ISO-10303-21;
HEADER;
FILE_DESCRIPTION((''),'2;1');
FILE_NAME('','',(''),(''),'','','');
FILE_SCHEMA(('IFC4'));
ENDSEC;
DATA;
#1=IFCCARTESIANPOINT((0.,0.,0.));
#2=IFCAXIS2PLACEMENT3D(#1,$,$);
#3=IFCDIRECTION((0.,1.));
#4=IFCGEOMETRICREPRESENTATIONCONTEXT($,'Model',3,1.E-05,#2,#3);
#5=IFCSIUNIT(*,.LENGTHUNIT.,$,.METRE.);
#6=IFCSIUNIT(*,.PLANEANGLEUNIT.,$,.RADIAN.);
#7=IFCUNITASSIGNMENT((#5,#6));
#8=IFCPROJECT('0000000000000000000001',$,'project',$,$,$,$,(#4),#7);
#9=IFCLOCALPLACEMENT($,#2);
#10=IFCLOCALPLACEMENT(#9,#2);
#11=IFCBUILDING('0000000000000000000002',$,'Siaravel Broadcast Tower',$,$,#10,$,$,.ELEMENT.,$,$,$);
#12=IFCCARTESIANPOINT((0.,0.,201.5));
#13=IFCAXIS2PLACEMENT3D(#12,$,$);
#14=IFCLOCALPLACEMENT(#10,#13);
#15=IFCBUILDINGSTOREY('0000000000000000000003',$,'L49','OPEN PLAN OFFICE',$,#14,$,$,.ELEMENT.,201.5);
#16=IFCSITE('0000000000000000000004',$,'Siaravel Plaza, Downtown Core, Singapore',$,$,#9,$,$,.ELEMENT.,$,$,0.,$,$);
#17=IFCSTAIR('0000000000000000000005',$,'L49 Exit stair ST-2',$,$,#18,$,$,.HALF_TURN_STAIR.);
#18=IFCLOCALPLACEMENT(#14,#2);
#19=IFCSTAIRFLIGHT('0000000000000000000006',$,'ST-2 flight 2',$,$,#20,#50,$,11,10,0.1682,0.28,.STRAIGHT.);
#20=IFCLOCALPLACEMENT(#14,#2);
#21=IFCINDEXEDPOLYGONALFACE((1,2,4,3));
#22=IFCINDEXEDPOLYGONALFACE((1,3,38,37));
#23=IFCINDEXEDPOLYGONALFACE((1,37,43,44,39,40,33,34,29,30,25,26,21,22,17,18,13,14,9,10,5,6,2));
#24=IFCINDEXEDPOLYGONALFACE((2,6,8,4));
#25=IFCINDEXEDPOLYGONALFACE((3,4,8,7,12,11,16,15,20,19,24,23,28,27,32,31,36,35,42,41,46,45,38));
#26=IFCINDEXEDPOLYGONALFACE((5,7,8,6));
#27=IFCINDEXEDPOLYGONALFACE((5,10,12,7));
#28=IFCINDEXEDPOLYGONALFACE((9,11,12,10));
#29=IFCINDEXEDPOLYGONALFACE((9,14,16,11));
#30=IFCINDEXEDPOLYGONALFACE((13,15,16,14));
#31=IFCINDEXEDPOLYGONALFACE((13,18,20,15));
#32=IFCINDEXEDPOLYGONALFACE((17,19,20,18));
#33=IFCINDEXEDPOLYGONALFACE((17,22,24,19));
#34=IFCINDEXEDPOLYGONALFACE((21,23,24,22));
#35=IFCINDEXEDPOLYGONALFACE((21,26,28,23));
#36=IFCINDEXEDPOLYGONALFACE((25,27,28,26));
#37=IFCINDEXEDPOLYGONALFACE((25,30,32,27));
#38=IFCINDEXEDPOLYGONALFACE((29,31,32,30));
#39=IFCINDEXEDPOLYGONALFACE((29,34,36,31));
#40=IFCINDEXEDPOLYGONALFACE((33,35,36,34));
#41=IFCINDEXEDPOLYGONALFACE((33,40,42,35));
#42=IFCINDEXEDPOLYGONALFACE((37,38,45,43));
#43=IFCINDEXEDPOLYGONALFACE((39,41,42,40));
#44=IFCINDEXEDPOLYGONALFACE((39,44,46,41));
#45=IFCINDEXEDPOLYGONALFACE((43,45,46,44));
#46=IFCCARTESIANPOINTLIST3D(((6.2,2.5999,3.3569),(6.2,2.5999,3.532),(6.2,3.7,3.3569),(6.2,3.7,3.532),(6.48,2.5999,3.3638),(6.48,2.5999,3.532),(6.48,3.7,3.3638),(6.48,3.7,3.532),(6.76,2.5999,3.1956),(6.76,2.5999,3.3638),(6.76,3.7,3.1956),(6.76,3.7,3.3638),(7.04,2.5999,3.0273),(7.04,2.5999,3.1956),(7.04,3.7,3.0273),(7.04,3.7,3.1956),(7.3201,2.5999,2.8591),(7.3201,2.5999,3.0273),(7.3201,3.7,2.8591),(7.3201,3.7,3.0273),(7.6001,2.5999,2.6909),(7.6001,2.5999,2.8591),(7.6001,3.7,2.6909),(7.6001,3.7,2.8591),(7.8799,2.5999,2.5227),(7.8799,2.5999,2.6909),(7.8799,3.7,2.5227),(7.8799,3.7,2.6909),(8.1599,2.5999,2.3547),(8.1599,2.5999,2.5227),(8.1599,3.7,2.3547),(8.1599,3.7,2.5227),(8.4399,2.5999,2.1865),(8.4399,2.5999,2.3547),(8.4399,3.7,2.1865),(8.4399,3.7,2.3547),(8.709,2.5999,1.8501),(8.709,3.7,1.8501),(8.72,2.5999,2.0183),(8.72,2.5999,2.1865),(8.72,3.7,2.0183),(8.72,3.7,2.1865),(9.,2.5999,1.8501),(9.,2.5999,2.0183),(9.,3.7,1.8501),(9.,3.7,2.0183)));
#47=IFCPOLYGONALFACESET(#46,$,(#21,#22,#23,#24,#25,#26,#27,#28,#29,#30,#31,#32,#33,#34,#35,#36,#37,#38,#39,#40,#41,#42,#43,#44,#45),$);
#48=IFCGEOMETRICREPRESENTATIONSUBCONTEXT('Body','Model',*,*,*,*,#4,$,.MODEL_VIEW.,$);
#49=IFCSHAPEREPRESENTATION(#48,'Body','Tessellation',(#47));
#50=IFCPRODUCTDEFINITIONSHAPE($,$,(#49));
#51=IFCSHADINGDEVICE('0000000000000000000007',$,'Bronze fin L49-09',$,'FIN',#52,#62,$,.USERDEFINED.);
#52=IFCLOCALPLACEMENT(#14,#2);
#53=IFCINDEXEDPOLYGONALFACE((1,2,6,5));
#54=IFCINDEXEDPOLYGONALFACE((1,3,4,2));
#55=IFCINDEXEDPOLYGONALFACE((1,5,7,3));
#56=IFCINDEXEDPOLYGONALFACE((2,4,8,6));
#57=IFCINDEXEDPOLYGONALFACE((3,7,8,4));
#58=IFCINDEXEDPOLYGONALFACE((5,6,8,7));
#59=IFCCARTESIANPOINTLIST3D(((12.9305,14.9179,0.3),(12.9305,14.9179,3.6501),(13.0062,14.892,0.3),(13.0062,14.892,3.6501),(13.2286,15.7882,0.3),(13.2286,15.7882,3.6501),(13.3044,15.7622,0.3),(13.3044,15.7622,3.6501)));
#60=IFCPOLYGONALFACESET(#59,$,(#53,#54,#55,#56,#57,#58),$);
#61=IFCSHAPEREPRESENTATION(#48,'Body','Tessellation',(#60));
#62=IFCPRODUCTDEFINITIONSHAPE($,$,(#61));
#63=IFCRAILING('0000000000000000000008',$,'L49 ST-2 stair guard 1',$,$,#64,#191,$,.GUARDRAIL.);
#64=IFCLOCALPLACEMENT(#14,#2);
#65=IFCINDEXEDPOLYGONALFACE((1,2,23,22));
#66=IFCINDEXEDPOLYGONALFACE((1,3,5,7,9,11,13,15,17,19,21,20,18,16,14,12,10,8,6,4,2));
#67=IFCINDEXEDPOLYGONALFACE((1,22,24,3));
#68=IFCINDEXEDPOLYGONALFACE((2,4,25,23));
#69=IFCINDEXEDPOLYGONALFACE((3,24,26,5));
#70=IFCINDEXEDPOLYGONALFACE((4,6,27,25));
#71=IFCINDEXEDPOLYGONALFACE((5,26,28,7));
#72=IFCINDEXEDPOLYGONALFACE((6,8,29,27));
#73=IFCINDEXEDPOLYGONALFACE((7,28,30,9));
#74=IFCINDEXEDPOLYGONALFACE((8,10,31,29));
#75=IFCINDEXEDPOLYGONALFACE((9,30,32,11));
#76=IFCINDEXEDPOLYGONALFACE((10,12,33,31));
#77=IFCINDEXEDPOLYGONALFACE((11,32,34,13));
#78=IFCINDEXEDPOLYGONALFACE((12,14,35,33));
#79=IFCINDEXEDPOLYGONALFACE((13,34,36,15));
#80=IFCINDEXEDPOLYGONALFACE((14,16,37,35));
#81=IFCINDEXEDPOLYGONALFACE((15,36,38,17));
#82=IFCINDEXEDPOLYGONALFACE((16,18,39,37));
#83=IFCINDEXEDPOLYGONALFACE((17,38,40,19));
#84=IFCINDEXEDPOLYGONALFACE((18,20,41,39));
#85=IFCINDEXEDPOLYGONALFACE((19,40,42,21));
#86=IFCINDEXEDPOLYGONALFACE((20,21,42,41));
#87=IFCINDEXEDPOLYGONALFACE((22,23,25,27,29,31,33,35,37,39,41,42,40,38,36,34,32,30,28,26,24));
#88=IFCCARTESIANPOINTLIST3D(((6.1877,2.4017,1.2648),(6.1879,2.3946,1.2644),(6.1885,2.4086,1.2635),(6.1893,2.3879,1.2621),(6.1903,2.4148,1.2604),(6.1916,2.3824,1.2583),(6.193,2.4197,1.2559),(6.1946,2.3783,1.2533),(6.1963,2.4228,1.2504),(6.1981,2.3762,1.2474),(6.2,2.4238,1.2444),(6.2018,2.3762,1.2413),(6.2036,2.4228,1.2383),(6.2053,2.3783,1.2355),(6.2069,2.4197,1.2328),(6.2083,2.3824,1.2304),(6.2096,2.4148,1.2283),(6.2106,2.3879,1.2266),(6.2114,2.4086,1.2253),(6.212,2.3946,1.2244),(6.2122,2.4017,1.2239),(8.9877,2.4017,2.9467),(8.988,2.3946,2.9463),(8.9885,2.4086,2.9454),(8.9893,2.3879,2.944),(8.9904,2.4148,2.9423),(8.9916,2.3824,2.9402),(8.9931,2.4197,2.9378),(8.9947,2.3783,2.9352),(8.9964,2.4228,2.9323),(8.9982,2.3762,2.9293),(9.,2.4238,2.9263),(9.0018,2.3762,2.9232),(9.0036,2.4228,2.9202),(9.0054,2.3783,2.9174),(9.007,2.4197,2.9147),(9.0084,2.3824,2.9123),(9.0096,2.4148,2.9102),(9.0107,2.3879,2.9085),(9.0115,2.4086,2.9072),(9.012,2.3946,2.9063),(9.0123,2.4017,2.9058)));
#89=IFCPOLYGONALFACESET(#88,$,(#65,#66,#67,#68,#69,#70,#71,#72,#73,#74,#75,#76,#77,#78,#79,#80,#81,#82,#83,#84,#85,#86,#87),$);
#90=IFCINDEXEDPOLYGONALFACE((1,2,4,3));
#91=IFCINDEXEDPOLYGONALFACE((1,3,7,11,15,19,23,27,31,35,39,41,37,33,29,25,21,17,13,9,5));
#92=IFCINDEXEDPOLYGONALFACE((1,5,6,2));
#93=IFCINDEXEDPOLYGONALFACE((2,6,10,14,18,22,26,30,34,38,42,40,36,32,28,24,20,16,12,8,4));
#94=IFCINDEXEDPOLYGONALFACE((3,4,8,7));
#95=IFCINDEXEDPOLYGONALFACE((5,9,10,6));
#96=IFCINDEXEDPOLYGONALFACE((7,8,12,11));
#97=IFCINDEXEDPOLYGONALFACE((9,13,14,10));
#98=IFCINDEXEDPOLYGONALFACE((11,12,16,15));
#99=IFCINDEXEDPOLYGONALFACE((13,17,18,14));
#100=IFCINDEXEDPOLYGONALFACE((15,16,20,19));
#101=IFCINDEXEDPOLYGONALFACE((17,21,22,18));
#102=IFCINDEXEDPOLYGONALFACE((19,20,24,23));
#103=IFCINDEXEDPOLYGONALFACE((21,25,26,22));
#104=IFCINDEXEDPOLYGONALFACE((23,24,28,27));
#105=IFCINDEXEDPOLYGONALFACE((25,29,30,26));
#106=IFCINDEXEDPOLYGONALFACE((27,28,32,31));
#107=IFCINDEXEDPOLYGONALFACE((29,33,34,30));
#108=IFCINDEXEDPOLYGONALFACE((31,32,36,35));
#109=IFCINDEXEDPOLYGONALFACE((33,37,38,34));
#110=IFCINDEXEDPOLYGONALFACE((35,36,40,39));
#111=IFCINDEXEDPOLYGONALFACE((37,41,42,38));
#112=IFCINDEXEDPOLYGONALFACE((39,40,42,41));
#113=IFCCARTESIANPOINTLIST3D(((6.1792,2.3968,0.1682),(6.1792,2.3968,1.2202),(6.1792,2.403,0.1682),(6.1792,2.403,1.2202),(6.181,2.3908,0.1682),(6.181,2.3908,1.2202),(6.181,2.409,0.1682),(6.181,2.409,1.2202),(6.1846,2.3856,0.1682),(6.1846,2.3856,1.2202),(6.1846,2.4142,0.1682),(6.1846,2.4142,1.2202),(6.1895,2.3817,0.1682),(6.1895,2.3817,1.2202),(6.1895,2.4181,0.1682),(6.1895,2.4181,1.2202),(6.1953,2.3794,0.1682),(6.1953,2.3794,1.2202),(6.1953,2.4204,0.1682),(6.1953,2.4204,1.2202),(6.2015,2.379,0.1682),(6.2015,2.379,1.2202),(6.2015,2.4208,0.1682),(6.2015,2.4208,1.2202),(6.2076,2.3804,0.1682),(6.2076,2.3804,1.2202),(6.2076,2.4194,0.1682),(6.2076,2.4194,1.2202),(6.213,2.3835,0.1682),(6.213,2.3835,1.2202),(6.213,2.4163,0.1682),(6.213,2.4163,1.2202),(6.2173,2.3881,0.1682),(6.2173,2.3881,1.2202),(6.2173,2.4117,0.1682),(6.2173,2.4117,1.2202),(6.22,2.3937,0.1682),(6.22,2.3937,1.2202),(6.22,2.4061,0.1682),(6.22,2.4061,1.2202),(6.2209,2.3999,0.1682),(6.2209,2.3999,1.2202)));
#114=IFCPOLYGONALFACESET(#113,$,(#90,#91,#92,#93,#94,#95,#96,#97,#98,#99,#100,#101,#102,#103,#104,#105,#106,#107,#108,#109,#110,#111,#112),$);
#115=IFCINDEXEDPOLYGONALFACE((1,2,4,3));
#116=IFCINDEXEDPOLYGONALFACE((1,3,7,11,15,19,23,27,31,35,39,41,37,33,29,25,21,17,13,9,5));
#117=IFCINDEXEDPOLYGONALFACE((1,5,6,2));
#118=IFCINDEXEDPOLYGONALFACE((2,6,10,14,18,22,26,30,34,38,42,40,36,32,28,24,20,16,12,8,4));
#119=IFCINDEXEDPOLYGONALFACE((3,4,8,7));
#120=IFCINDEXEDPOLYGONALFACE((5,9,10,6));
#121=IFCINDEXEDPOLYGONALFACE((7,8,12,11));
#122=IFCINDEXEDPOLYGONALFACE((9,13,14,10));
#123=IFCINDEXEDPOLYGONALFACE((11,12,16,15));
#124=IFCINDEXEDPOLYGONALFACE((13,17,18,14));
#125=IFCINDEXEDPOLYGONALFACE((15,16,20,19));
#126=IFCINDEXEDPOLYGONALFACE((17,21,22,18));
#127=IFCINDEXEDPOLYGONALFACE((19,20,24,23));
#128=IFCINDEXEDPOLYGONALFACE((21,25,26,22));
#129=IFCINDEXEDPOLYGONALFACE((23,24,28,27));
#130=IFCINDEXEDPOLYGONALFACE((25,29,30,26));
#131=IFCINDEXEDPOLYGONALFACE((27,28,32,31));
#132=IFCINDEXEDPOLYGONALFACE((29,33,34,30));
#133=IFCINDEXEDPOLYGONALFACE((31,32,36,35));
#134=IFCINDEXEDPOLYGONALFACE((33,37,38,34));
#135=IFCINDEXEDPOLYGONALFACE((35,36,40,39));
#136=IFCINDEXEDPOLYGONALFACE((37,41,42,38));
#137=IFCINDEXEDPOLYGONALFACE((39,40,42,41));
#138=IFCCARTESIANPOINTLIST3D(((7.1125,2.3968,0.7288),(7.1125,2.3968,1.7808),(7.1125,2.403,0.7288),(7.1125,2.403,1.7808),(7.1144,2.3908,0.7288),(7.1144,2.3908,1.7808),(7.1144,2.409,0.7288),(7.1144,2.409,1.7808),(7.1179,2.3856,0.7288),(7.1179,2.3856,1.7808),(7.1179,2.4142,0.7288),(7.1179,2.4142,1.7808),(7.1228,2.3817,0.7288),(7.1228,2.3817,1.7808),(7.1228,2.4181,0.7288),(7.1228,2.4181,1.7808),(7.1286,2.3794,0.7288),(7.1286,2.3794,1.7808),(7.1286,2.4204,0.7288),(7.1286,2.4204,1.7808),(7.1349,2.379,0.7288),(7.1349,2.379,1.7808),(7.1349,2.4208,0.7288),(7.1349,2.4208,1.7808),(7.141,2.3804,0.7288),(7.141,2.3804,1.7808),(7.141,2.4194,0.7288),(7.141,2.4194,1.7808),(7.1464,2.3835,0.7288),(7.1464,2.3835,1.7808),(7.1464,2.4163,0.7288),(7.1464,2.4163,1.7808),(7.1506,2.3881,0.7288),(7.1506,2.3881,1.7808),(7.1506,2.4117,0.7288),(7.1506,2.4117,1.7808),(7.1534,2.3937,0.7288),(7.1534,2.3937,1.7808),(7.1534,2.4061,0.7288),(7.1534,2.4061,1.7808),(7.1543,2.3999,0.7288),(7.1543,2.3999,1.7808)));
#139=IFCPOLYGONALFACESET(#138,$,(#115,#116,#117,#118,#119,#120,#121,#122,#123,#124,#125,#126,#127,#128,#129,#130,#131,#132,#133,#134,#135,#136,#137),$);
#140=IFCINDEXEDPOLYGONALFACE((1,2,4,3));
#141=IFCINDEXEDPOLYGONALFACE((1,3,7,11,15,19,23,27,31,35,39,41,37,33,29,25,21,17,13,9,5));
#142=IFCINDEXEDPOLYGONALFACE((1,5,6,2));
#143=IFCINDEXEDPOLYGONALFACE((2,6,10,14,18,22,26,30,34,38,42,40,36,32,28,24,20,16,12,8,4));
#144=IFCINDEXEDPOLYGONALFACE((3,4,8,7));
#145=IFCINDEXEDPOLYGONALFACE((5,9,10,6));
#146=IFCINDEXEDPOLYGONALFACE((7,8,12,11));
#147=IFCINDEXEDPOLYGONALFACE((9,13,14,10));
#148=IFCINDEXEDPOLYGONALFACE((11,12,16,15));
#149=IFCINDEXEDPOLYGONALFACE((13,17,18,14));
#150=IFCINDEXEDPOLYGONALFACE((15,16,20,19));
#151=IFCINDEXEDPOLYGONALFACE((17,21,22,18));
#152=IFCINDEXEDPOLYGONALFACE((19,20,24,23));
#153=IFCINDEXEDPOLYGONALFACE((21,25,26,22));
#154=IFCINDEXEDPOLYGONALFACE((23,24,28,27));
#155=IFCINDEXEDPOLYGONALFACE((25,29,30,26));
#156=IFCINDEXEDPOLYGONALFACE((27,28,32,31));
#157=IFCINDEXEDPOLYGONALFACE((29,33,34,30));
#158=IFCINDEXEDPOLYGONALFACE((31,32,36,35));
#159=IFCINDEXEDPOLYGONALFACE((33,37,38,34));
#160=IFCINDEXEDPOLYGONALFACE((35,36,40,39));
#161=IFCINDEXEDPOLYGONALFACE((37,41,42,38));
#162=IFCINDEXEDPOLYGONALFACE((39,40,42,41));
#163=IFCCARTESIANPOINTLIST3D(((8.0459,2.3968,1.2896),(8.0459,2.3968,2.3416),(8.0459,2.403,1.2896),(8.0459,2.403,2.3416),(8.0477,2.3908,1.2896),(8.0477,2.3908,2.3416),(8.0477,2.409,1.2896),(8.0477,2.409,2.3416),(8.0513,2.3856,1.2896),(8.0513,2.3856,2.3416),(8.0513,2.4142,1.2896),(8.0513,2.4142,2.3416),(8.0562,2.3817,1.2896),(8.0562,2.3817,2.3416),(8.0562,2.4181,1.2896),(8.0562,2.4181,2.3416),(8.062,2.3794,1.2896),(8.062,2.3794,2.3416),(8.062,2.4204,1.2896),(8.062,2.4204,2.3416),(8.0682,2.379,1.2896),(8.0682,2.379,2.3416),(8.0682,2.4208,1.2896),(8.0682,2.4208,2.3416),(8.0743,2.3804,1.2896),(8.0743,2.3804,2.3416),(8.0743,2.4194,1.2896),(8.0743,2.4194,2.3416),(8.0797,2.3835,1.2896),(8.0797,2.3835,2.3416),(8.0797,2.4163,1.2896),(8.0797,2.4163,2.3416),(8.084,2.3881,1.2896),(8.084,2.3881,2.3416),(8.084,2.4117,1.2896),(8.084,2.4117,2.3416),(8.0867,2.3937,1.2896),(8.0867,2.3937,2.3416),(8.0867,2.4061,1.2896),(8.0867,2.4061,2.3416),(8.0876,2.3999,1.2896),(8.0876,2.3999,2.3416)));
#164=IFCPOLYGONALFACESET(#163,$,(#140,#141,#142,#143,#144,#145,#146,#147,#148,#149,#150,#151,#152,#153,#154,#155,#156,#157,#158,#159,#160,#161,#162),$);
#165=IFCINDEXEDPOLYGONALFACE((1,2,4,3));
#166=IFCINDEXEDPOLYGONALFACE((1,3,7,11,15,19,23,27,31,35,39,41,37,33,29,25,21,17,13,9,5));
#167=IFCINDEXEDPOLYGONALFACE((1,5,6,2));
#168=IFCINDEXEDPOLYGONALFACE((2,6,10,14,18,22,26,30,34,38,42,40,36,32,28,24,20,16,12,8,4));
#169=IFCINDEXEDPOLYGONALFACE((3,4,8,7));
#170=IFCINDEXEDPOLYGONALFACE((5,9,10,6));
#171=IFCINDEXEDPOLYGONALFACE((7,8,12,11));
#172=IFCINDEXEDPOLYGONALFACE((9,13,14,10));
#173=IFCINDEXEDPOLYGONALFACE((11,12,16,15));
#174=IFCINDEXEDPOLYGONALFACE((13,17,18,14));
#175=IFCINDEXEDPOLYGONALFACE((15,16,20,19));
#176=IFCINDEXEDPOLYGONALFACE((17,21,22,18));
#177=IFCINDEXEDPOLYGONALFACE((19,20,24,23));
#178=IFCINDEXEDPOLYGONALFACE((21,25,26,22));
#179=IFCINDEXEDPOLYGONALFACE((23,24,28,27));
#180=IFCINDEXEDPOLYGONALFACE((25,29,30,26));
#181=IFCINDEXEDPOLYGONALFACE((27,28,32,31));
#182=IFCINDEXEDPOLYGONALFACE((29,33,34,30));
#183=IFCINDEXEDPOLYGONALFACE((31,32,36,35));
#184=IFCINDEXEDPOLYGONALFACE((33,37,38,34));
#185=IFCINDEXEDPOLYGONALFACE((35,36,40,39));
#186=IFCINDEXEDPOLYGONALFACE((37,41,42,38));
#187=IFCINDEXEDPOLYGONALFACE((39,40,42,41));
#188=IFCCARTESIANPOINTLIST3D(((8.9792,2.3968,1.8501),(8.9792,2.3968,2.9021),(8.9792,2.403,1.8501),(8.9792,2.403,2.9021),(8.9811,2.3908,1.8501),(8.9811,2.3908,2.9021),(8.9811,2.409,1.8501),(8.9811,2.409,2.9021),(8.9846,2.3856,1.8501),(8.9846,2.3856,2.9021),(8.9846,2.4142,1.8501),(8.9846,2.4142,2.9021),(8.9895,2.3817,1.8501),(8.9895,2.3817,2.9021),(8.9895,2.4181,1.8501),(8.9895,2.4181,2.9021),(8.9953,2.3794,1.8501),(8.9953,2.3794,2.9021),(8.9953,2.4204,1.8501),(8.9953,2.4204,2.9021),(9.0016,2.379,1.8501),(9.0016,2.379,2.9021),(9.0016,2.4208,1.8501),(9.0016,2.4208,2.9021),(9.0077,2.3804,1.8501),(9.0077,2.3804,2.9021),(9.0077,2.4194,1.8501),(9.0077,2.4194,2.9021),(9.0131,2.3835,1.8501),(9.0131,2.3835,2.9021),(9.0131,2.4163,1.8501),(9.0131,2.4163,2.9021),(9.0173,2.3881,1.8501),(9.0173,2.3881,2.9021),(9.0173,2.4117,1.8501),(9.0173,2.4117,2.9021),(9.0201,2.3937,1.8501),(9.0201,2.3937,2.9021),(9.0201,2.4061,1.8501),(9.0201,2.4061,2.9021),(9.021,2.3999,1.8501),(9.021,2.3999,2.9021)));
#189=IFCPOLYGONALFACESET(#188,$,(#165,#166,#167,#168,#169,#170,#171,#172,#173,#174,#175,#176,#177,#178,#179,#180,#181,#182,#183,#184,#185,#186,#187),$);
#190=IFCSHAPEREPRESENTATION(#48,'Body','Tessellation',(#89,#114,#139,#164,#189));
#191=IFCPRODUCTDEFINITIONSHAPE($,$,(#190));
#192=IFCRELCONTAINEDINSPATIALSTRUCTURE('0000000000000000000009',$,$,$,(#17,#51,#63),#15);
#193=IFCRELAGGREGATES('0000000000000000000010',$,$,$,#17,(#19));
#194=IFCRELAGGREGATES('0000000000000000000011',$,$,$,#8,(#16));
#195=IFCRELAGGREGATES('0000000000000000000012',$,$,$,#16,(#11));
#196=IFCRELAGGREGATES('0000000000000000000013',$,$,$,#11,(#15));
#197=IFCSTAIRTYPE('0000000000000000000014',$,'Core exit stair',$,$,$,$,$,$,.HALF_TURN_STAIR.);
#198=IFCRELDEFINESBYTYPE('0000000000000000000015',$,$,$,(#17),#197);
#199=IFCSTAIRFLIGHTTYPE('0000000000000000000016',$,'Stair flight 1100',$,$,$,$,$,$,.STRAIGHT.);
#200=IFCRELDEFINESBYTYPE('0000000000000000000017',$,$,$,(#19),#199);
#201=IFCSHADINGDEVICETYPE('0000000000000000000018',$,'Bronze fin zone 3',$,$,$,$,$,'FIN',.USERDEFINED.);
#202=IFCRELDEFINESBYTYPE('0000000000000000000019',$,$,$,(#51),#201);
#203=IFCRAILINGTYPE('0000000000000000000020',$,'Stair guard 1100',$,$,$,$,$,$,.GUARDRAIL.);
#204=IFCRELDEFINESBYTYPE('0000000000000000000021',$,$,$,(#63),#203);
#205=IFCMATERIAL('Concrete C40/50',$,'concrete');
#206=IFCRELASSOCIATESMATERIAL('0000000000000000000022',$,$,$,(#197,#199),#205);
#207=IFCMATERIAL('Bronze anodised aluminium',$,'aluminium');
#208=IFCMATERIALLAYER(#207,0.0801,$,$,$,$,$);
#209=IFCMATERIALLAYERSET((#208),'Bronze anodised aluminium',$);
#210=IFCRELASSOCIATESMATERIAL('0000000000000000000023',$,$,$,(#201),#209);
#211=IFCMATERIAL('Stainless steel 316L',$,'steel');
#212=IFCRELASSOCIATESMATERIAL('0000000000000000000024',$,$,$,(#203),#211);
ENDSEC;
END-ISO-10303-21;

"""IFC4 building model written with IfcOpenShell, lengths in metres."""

from ifc_helpers import new_model, si_unit, direction, frame, origin, origin_2d, place, context, subcontext, project, spatial, polyline, rectangle, circle, outline, extrude, material, layer, layer_set, type_object, element, aggregate, save


model = new_model("IFC4")

# Units and contexts
model_context = context("Model", 3, precision=1e-05, world=origin(), true_north=direction((0.0, 1.0)))
body_context = subcontext(model_context, "Body", "Model", "MODEL_VIEW")
ifc_project = project(units=[si_unit("LENGTHUNIT", "METRE"), si_unit("PLANEANGLEUNIT", "RADIAN")], contexts=[model_context])

# Site, building, storey
site_placement = place(None, origin())
site = spatial("IfcSite", under=ifc_project, at=site_placement, Name="Siaravel Plaza, Downtown Core, Singapore", CompositionType="ELEMENT", RefElevation=0.0)
building_placement = place(site_placement, origin())
building = spatial("IfcBuilding", under=site, at=building_placement, Name="Siaravel Broadcast Tower", CompositionType="ELEMENT")
storey_placement = place(building_placement, frame((0.0, 0.0, 201.5)))
storey = spatial("IfcBuildingStorey", under=building, at=storey_placement, Name="L49", Description="OPEN PLAN OFFICE", CompositionType="ELEMENT", Elevation=201.5)

# Stair, stair flight
ifc_material_1 = material(Name="Concrete C40/50", Category="concrete")
stair_type = type_object("IfcStairType", Name="Core exit stair", PredefinedType="HALF_TURN_STAIR", material=ifc_material_1)
stair_placement = place(storey_placement, origin())
stair = element("IfcStair", 1, at=stair_placement, inside=storey, type_object=stair_type, Name="L49 Exit stair ST-2", PredefinedType="HALF_TURN_STAIR")
stair_flight_type = type_object("IfcStairFlightType", Name="Stair flight 1100", PredefinedType="STRAIGHT", material=ifc_material_1)
stair_flight_1_placement = place(storey_placement, frame((9.0, 3.1499, 1.8501), z_axis=(0.0, 0.0, 1.0), x_axis=(-1.0, 0.0, 0.0)))
stair_flight_1 = element("IfcStairFlight", 2, at=stair_flight_1_placement, type_object=stair_flight_type, Name="ST-2 flight 2", NumberOfRisers=11, NumberOfTreads=10, PredefinedType="STRAIGHT", RiserHeight=0.1682, TreadLength=0.28, context=body_context, shape_type="SweptSolid", body=[
    extrude(outline(polyline([(0.0, 0.0), (0.0, 0.1682), (0.28, 0.1682), (0.28, 0.3364), (0.5601, 0.3364), (0.5601, 0.5046), (0.8401, 0.5046), (0.8401, 0.6726), (1.1201, 0.6726), (1.1201, 0.8408), (1.3999, 0.8408), (1.3999, 1.009), (1.6799, 1.009), (1.6799, 1.1772), (1.96, 1.1772), (1.96, 1.3455), (2.24, 1.3455), (2.24, 1.5137), (2.52, 1.5137), (2.52, 1.6819), (2.8, 1.6819), (2.8, 1.8501), (2.8, 1.5068), (0.291, 0.0), (0.0, 0.0)])), frame((0.0, 0.55, 0.0), z_axis=(0.0, -1.0, 0.0), x_axis=(1.0, 0.0, 0.0)), (0.0, 0.0, 1.0), 1.1001),
])
aggregate(stair, [stair_flight_1])

# Shading device
ifc_material_2 = material(Name="Bronze anodised aluminium", Category="aluminium")
ifc_layer_1 = layer(ifc_material_2, 0.0801)
ifc_layer_set_1 = layer_set([ifc_layer_1], Name="Bronze anodised aluminium")
shading_device_type = type_object("IfcShadingDeviceType", Name="Bronze fin zone 3", ElementType="FIN", PredefinedType="USERDEFINED", material=ifc_layer_set_1)
shading_device_placement = place(storey_placement, frame((13.1174, 15.3401, 0.3), z_axis=(0.0, 0.0, 1.0), x_axis=(0.324116, 0.946017, 0.0)))
element("IfcShadingDevice", 3, at=shading_device_placement, inside=storey, type_object=shading_device_type, Name="Bronze fin L49-09", ObjectType="FIN", PredefinedType="USERDEFINED", context=body_context, shape_type="SweptSolid", body=[
    extrude(rectangle(XDim=0.9199, YDim=0.0801, at=origin_2d()), origin(), (0.0, 0.0, 1.0), 3.3501),
])

# Railing
ifc_material_3 = material(Name="Stainless steel 316L", Category="steel")
railing_type_1 = type_object("IfcRailingType", Name="Stair guard 1100", PredefinedType="GUARDRAIL", material=ifc_material_3)
railing_1_placement = place(storey_placement, frame((6.2, 2.3999, 0.1682)))
element("IfcRailing", 4, at=railing_1_placement, inside=storey, type_object=railing_type_1, Name="L49 ST-2 stair guard 1", PredefinedType="GUARDRAIL", context=body_context, shape_type="SweptSolid", body=[
    extrude(circle(Radius=0.0239, at=origin_2d()), frame((0.0, 0.0, 1.0762), z_axis=(0.857242, 0.0, 0.514913), x_axis=(0.0, 1.0, 0.0)), (0.0, 0.0, 1.0), 3.2664),
    extrude(circle(Radius=0.021, at=origin_2d()), origin(), (0.0, 0.0, 1.0), 1.052),
    extrude(circle(Radius=0.021, at=origin_2d()), frame((0.9333, 0.0, 0.5605)), (0.0, 0.0, 1.0), 1.052),
    extrude(circle(Radius=0.021, at=origin_2d()), frame((1.8667, 0.0, 1.1213)), (0.0, 0.0, 1.0), 1.052),
    extrude(circle(Radius=0.021, at=origin_2d()), frame((2.8, 0.0, 1.6819)), (0.0, 0.0, 1.0), 1.052),
])

save(model, "model.ifc")
